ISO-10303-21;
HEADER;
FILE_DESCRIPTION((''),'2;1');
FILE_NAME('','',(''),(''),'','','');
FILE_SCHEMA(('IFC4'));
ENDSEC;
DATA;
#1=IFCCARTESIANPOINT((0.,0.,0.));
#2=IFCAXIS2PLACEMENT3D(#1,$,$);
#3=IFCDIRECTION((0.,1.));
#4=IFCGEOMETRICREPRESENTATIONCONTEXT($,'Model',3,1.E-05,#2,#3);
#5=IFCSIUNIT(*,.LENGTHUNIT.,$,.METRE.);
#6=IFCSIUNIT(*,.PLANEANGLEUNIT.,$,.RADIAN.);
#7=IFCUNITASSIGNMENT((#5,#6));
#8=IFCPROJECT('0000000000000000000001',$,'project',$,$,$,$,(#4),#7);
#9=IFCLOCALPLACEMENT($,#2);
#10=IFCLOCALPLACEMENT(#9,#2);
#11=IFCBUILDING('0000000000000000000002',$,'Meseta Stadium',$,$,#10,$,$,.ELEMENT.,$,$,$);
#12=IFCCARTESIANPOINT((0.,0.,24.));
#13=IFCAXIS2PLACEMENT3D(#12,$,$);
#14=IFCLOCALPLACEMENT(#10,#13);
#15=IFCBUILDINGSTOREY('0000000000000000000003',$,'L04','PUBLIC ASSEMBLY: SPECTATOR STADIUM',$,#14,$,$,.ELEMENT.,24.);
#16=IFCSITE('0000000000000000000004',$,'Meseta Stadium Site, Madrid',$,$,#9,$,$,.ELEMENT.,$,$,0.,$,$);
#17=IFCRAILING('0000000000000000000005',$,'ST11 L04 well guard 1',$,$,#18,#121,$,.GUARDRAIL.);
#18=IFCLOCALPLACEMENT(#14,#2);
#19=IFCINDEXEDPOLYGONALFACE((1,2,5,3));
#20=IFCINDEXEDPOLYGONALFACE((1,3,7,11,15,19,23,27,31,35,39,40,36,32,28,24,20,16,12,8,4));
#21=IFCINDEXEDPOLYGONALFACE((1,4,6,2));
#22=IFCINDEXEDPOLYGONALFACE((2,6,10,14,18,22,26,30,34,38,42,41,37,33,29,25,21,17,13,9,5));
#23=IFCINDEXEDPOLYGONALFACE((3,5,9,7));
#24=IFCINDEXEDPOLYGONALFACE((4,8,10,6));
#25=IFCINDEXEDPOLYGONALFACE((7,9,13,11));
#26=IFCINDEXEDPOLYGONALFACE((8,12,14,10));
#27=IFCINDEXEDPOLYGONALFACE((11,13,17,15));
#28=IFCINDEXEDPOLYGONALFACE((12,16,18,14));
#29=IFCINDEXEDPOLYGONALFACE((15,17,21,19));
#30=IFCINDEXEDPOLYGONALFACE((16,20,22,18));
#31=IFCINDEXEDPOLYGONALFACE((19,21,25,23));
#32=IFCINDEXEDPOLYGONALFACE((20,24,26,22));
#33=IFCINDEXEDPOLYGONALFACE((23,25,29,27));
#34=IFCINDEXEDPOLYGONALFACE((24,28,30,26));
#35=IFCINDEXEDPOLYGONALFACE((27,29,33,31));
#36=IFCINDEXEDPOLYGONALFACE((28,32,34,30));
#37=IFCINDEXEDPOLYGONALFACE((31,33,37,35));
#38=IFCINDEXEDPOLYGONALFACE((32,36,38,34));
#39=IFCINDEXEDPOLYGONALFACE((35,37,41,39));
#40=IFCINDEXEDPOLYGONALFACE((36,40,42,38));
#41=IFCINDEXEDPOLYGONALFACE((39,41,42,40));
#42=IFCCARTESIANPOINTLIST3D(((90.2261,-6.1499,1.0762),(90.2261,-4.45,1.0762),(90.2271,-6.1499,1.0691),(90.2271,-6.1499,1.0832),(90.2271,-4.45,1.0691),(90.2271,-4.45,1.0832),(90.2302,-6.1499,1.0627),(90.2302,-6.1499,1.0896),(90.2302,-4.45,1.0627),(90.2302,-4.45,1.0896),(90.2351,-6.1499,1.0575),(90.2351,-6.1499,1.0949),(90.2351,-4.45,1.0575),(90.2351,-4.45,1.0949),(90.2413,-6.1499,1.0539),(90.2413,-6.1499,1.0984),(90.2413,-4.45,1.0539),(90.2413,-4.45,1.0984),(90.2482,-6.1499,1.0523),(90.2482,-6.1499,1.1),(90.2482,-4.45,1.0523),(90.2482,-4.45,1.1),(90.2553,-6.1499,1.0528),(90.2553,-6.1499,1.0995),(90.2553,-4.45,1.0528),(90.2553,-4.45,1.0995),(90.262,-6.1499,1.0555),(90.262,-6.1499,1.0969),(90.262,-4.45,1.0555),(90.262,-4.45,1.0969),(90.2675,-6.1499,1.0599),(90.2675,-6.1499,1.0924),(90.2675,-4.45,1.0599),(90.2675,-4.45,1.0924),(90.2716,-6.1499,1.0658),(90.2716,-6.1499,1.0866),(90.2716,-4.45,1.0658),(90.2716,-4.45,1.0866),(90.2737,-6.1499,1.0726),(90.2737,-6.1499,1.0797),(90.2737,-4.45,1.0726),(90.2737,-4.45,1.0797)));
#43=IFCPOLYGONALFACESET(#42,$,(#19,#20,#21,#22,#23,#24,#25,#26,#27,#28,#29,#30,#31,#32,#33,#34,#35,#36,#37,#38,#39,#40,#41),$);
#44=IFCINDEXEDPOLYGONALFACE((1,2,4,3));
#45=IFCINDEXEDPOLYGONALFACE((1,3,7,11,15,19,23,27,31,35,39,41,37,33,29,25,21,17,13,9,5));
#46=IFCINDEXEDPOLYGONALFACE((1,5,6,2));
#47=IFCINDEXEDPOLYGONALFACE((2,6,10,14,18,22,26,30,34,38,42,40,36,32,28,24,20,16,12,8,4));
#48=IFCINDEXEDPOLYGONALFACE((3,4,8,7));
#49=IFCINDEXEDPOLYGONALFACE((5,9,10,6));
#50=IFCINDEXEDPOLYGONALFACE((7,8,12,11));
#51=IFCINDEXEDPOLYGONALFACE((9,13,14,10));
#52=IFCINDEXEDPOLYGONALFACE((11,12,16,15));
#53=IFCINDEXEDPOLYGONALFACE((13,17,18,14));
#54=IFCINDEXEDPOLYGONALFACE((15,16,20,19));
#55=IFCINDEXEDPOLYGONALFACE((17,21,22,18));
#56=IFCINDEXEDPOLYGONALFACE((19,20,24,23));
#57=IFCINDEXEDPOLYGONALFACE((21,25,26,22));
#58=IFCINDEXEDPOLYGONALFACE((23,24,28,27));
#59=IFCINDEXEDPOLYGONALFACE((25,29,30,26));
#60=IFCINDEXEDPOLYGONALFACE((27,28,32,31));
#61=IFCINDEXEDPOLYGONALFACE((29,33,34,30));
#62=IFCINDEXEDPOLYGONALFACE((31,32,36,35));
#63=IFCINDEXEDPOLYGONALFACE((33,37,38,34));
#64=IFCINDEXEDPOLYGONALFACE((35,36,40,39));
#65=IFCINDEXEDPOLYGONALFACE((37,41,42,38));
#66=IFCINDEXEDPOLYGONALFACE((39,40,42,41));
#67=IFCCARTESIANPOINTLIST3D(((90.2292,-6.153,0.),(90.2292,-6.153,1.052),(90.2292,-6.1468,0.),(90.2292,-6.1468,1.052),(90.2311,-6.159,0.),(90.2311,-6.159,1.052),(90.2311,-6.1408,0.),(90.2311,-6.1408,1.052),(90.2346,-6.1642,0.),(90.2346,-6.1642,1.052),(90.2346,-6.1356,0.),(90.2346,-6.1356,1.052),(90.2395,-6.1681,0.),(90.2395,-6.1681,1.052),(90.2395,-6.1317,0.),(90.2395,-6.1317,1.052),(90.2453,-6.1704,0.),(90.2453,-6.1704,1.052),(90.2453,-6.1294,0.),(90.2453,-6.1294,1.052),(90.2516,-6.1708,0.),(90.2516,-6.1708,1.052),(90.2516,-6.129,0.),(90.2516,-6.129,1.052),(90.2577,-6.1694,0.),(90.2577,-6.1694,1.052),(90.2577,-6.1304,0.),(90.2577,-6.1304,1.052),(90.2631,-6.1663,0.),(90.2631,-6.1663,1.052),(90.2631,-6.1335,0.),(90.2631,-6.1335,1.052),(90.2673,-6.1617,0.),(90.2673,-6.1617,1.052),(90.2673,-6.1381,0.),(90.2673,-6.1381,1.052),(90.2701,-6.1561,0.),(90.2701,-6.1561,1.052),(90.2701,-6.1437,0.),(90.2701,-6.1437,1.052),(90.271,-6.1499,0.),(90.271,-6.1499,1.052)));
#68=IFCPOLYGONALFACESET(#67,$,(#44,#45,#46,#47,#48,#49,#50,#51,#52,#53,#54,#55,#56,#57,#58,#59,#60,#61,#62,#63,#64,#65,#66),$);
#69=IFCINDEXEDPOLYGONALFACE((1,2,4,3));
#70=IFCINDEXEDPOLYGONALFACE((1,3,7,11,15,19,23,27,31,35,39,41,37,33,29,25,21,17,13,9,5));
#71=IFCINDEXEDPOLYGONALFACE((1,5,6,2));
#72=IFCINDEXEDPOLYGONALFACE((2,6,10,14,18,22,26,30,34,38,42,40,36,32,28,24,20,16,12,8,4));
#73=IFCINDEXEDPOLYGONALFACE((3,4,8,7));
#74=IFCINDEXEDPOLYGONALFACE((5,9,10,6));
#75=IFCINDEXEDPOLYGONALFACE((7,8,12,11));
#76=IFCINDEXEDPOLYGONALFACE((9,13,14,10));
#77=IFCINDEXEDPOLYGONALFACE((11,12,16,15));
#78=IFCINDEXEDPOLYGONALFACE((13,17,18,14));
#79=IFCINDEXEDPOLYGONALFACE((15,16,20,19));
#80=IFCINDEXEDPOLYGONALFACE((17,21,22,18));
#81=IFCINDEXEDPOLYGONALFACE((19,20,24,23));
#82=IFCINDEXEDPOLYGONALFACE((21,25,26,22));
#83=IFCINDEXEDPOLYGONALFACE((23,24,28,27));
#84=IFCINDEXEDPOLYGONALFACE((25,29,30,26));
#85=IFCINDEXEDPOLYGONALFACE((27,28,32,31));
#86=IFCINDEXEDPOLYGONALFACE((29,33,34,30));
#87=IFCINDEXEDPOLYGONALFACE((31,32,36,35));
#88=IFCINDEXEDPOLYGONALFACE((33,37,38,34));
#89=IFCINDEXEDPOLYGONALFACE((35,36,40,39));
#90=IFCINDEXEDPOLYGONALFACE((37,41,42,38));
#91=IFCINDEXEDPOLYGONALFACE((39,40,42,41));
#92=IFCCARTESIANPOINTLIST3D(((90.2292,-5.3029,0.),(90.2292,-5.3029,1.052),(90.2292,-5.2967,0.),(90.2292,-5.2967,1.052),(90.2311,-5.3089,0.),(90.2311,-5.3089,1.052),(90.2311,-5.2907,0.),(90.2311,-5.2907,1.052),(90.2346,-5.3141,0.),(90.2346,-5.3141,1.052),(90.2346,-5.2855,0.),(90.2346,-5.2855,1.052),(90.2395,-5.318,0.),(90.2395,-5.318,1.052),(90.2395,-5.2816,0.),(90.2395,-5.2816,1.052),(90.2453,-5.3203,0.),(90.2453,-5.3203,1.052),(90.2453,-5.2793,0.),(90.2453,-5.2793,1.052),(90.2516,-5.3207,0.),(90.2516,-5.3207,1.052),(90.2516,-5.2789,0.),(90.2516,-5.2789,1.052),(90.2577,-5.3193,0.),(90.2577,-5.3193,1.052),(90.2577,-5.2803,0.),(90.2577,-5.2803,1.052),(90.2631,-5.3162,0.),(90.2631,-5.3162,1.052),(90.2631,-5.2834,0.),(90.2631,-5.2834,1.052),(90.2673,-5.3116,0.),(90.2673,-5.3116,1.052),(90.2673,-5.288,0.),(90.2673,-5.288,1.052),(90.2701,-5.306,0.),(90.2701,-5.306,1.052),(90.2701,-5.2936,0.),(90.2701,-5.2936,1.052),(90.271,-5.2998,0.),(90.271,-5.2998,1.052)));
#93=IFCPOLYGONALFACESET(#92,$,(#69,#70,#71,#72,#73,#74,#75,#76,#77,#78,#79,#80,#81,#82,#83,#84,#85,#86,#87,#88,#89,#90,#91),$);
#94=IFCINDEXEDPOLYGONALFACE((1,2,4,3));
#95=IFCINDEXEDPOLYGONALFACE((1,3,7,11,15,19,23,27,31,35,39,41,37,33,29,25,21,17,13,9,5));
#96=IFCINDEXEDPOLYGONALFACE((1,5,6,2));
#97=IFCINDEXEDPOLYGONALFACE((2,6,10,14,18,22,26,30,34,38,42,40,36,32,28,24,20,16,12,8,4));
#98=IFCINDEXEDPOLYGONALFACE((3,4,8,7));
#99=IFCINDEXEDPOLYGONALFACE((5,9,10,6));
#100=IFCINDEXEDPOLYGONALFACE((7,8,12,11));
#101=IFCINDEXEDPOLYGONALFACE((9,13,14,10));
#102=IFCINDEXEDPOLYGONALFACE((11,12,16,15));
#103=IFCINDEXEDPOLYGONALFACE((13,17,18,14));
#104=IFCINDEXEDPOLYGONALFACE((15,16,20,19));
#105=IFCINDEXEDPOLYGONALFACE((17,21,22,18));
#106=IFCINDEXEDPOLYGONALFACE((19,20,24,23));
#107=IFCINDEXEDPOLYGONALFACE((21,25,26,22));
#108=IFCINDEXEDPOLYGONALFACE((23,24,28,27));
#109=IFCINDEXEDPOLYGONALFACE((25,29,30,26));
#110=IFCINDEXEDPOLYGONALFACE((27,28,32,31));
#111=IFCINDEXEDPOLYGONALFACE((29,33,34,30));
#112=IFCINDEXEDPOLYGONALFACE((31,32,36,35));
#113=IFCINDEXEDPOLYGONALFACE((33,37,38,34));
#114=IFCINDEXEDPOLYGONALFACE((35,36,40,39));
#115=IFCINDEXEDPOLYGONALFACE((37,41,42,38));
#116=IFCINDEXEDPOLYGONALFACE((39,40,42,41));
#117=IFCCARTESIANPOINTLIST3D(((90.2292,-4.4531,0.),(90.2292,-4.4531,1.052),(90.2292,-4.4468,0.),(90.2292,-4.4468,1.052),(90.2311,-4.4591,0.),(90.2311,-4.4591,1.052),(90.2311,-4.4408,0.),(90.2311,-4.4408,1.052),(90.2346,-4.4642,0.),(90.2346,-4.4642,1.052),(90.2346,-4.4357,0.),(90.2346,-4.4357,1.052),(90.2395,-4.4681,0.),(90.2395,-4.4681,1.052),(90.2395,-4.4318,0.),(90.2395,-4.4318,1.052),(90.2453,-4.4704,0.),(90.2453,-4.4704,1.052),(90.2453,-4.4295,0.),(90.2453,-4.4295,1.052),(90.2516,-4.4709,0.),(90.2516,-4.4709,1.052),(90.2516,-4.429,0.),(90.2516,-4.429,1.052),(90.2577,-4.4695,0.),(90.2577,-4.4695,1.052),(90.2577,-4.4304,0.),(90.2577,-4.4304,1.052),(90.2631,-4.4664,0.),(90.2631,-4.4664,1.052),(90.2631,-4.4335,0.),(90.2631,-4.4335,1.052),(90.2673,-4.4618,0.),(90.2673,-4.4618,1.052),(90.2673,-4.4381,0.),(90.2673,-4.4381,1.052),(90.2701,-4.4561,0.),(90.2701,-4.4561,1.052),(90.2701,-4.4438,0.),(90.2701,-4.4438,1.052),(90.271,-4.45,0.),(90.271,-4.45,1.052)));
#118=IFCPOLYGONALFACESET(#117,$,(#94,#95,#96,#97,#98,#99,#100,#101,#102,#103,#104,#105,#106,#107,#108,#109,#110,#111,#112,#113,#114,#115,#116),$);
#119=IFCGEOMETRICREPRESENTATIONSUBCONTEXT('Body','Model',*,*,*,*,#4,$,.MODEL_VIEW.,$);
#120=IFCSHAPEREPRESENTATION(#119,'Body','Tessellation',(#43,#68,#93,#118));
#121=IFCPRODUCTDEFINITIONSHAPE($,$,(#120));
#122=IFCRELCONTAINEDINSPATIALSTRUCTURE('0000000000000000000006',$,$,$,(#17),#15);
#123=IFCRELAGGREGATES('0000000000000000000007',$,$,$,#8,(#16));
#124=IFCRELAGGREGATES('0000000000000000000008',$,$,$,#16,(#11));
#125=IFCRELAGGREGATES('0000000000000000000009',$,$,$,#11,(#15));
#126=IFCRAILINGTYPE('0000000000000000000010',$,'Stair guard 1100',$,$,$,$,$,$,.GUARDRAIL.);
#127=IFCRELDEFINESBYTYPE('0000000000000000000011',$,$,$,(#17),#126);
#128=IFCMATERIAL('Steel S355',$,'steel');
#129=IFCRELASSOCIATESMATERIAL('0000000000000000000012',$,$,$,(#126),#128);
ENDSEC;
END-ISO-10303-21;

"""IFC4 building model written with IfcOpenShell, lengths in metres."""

from ifc_helpers import new_model, si_unit, direction, frame, origin, origin_2d, place, context, subcontext, project, spatial, circle, extrude, material, type_object, element, save


model = new_model("IFC4")

# Units and contexts
model_context = context("Model", 3, precision=1e-05, world=origin(), true_north=direction((0.0, 1.0)))
body_context = subcontext(model_context, "Body", "Model", "MODEL_VIEW")
ifc_project = project(units=[si_unit("LENGTHUNIT", "METRE"), si_unit("PLANEANGLEUNIT", "RADIAN")], contexts=[model_context])

# Site, building, storey
site_placement = place(None, origin())
site = spatial("IfcSite", under=ifc_project, at=site_placement, Name="Meseta Stadium Site, Madrid", CompositionType="ELEMENT", RefElevation=0.0)
building_placement = place(site_placement, origin())
building = spatial("IfcBuilding", under=site, at=building_placement, Name="Meseta Stadium", CompositionType="ELEMENT")
storey_placement = place(building_placement, frame((0.0, 0.0, 24.0)))
storey = spatial("IfcBuildingStorey", under=building, at=storey_placement, Name="L04", Description="PUBLIC ASSEMBLY: SPECTATOR STADIUM", CompositionType="ELEMENT", Elevation=24.0)

# Railing
ifc_material_1 = material(Name="Steel S355", Category="steel")
railing_type_1 = type_object("IfcRailingType", Name="Stair guard 1100", PredefinedType="GUARDRAIL", material=ifc_material_1)
for number, where, name in (
    (1, (90.25, -6.1499, 0.0), "ST11 L04 well guard 1"),
):
    element("IfcRailing", number, at=place(storey_placement, frame(where)), inside=storey, type_object=railing_type_1, Name=name, PredefinedType="GUARDRAIL", context=body_context, shape_type="SweptSolid", body=[
        extrude(circle(Radius=0.0239, at=origin_2d()), frame((0.0, 0.0, 1.0762), z_axis=(0.0, 1.0, 0.0), x_axis=(-1.0, 0.0, 0.0)), (0.0, 0.0, 1.0), 1.7),
        extrude(circle(Radius=0.021, at=origin_2d()), origin(), (0.0, 0.0, 1.0), 1.052),
        extrude(circle(Radius=0.021, at=origin_2d()), frame((0.0, 0.8501, 0.0)), (0.0, 0.0, 1.0), 1.052),
        extrude(circle(Radius=0.021, at=origin_2d()), frame((0.0, 1.7, 0.0)), (0.0, 0.0, 1.0), 1.052),
    ])

save(model, "model.ifc")
